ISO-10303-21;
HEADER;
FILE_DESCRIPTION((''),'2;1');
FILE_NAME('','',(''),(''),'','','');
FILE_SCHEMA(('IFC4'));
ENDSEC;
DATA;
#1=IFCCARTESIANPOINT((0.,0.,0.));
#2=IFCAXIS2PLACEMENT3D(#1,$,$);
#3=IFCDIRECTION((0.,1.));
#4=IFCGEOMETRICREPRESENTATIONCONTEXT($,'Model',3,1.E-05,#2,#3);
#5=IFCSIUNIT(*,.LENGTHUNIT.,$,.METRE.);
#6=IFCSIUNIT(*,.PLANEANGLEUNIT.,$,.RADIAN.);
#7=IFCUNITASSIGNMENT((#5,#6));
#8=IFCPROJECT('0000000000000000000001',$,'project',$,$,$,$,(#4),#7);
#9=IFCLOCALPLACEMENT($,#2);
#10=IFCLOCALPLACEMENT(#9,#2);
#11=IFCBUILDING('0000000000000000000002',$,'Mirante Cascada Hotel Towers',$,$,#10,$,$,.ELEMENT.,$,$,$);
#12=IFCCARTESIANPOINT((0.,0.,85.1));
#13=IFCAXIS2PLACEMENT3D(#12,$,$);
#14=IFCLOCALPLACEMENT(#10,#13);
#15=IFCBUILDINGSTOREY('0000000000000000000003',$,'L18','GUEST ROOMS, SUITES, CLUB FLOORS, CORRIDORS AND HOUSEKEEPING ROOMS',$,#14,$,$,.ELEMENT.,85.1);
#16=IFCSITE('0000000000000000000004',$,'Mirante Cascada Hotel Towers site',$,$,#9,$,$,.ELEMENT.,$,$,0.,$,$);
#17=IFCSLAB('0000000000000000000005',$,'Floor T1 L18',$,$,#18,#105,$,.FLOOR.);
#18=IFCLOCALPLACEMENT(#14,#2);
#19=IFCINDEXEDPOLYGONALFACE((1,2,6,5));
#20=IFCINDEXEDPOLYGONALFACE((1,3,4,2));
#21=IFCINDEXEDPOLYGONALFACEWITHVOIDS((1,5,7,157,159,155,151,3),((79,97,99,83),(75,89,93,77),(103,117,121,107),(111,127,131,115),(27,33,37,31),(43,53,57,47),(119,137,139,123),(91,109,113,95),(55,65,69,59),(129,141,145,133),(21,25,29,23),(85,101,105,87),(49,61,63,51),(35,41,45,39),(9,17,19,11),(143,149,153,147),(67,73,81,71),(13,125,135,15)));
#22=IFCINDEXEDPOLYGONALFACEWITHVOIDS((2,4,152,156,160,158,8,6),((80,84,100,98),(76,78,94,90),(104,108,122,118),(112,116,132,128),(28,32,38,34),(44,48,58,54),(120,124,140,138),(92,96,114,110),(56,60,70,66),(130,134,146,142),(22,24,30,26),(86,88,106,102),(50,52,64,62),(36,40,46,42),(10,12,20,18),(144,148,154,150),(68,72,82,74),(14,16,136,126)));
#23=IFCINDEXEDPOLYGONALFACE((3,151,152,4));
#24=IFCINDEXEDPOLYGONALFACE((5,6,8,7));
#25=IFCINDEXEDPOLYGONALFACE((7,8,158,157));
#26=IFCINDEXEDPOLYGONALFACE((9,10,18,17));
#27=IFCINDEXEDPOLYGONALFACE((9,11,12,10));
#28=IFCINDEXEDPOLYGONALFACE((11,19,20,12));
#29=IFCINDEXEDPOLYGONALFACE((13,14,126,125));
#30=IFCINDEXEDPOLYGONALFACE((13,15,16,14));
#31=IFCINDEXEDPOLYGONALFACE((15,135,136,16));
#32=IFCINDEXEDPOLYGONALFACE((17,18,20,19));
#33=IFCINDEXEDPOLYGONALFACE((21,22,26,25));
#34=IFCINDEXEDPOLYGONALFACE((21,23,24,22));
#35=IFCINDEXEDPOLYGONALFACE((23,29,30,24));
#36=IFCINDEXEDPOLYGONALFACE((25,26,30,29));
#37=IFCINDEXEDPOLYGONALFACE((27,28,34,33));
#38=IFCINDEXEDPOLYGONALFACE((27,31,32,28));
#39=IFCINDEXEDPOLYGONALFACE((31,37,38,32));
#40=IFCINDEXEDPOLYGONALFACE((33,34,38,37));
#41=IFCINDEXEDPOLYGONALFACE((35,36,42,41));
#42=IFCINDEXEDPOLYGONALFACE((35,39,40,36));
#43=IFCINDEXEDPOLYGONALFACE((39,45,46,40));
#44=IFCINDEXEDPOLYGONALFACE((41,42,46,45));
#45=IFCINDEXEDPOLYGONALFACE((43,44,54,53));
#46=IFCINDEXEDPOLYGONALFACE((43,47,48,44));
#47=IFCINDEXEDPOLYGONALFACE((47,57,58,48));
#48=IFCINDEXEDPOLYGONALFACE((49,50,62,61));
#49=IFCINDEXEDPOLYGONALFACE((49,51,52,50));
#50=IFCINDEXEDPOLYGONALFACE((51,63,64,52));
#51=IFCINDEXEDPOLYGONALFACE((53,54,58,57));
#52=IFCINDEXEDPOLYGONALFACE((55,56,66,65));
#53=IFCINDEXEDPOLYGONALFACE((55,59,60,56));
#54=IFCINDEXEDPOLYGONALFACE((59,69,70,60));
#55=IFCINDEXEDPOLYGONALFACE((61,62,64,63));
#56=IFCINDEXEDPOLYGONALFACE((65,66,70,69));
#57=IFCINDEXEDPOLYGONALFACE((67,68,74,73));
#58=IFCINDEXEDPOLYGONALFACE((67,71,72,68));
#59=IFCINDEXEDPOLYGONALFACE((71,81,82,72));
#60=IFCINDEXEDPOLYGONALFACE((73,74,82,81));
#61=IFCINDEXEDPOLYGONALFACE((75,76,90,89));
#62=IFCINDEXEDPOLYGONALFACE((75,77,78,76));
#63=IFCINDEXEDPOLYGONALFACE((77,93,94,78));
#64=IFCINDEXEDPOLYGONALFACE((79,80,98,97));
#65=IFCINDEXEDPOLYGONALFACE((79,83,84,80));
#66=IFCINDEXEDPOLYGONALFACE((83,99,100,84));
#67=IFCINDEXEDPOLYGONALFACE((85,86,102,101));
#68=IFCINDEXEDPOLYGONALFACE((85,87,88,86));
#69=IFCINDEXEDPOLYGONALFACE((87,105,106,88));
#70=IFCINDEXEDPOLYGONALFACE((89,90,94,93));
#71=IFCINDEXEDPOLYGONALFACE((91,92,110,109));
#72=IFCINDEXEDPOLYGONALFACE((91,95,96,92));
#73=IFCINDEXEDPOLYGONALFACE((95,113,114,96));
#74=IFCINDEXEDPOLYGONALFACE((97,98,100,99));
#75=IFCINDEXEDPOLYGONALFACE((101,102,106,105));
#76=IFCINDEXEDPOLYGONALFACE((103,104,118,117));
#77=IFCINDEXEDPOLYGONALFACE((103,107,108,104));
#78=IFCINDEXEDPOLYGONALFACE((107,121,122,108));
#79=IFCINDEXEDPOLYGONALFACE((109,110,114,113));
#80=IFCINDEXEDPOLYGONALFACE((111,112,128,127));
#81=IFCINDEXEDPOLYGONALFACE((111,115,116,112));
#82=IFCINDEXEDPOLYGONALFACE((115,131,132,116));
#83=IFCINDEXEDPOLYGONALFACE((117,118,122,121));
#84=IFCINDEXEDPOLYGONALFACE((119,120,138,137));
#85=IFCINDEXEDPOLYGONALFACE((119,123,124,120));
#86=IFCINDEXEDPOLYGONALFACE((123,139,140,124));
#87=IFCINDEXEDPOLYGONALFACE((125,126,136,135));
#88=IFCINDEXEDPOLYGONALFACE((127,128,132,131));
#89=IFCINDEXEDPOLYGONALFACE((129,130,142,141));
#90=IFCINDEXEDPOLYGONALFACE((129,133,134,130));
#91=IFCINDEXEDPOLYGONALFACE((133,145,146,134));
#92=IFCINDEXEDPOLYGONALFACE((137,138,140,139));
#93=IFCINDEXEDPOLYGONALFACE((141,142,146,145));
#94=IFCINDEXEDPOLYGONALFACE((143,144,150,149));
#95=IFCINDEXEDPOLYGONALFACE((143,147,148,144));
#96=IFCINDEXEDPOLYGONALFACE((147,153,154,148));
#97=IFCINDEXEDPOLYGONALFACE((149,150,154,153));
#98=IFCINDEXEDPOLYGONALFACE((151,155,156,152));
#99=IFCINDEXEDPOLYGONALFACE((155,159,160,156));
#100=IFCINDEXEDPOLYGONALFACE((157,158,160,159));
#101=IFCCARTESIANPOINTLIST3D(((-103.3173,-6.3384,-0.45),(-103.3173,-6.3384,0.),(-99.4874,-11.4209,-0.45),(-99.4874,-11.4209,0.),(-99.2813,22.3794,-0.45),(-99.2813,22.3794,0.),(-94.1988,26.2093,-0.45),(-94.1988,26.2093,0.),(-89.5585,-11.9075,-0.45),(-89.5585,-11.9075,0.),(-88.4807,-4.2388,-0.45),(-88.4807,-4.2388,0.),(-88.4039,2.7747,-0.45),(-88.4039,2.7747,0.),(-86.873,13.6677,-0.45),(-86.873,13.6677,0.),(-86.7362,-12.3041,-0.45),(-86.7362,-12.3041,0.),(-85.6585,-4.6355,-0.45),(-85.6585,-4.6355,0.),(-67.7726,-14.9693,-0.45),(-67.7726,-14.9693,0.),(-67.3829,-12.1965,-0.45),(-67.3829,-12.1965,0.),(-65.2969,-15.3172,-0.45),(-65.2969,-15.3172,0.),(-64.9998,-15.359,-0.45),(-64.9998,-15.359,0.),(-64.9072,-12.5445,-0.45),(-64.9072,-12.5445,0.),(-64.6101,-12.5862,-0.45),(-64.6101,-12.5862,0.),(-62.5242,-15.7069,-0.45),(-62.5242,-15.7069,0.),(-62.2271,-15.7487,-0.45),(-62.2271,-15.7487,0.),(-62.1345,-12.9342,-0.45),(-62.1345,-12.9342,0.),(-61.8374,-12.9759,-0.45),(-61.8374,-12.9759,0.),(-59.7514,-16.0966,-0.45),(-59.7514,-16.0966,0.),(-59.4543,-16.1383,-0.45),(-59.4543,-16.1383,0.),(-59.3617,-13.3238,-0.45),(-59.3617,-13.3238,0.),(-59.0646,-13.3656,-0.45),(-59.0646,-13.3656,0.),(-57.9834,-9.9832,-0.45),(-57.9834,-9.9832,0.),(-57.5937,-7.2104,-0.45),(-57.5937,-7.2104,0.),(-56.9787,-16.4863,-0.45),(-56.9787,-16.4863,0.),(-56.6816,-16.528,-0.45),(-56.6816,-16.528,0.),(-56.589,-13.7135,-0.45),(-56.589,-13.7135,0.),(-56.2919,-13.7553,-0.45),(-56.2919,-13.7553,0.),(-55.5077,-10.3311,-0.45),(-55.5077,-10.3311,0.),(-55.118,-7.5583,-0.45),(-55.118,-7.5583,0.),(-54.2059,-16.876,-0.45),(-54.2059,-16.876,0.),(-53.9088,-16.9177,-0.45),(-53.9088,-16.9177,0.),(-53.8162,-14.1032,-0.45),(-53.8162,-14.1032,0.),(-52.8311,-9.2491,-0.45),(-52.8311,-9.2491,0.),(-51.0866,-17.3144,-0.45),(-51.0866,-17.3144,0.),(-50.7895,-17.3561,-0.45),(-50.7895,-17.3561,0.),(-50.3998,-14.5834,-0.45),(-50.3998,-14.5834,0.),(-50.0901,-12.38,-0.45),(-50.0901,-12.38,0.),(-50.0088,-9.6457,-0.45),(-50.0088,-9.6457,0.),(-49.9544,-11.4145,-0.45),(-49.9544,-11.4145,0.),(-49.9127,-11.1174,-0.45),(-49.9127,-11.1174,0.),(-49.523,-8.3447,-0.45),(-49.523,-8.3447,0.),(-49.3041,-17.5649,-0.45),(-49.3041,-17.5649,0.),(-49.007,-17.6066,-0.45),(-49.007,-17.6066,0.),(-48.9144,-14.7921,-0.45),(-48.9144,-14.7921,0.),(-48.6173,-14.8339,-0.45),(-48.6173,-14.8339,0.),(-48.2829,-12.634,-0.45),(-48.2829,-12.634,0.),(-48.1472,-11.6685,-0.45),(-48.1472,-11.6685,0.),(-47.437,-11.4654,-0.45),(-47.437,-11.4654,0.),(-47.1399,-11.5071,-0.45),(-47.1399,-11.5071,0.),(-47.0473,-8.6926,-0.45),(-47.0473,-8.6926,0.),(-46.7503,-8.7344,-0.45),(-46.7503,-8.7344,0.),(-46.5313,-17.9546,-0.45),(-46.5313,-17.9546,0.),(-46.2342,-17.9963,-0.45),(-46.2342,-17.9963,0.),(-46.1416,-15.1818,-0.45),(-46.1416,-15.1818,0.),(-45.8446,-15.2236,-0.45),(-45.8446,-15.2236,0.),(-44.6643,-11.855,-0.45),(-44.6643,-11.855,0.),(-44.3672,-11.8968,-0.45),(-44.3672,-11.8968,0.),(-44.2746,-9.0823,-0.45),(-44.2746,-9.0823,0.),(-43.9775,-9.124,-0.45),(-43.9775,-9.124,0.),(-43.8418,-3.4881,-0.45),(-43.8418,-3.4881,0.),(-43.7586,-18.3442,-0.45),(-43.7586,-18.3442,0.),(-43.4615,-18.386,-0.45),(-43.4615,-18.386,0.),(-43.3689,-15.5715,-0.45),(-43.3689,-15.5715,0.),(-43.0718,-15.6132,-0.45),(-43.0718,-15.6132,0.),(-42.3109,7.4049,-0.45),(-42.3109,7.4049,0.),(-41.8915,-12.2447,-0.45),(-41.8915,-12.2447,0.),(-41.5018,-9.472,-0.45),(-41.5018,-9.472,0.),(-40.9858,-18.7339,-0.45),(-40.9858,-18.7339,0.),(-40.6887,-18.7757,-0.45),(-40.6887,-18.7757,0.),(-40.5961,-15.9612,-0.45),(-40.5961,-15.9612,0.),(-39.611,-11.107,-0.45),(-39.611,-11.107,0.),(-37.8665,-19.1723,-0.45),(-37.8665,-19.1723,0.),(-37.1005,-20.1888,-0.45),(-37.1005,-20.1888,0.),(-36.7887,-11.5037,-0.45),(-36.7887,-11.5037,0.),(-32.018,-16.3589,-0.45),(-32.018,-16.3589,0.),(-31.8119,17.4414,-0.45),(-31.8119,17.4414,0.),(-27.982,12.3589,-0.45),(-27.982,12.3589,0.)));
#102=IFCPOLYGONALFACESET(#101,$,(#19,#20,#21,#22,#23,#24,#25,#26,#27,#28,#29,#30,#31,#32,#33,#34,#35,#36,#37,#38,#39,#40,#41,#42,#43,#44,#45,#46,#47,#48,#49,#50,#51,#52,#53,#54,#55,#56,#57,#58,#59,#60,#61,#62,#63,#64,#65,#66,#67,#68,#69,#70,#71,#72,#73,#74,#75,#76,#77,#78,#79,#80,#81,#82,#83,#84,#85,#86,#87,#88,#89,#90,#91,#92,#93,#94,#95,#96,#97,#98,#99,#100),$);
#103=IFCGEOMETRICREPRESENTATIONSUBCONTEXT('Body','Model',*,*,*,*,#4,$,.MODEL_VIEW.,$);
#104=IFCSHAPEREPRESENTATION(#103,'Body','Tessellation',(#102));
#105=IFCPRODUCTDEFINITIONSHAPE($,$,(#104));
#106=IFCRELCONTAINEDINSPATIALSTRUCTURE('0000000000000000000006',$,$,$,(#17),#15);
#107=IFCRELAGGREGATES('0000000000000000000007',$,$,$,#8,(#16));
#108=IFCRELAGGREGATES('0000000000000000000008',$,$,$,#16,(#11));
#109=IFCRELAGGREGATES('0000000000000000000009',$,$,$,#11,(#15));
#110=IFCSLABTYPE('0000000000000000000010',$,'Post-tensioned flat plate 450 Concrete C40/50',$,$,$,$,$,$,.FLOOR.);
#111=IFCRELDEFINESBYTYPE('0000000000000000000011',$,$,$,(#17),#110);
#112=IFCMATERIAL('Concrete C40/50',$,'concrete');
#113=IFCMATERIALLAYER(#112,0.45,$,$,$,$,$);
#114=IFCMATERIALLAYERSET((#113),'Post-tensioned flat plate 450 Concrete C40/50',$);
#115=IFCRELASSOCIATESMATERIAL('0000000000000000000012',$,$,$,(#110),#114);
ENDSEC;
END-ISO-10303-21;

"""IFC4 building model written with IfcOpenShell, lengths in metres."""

from ifc_helpers import new_model, si_unit, direction, frame, origin, place, context, subcontext, project, spatial, polyline, outline, extrude, material, layer, layer_set, type_object, element, save


model = new_model("IFC4")

# Units and contexts
model_context = context("Model", 3, precision=1e-05, world=origin(), true_north=direction((0.0, 1.0)))
body_context = subcontext(model_context, "Body", "Model", "MODEL_VIEW")
ifc_project = project(units=[si_unit("LENGTHUNIT", "METRE"), si_unit("PLANEANGLEUNIT", "RADIAN")], contexts=[model_context])

# Site, building, storey
site_placement = place(None, origin())
site = spatial("IfcSite", under=ifc_project, at=site_placement, Name="Mirante Cascada Hotel Towers site", CompositionType="ELEMENT", RefElevation=0.0)
building_placement = place(site_placement, origin())
building = spatial("IfcBuilding", under=site, at=building_placement, Name="Mirante Cascada Hotel Towers", CompositionType="ELEMENT")
storey_placement = place(building_placement, frame((0.0, 0.0, 85.1)))
storey = spatial("IfcBuildingStorey", under=building, at=storey_placement, Name="L18", Description="GUEST ROOMS, SUITES, CLUB FLOORS, CORRIDORS AND HOUSEKEEPING ROOMS", CompositionType="ELEMENT", Elevation=85.1)

# Slab
ifc_material_1 = material(Name="Concrete C40/50", Category="concrete")
ifc_layer_1 = layer(ifc_material_1, 0.45)
ifc_layer_set_1 = layer_set([ifc_layer_1], Name="Post-tensioned flat plate 450 Concrete C40/50")
slab_type = type_object("IfcSlabType", Name="Post-tensioned flat plate 450 Concrete C40/50", PredefinedType="FLOOR", material=ifc_layer_set_1)
slab_1_placement = place(storey_placement, frame((0.0, 0.0, -0.45)))
element("IfcSlab", 1, at=slab_1_placement, inside=storey, type_object=slab_type, Name="Floor T1 L18", PredefinedType="FLOOR", context=body_context, shape_type="SweptSolid", body=[
    extrude(outline(polyline([(-32.018, -16.3589), (-27.982, 12.3589), (-31.8119, 17.4414), (-94.1988, 26.2093), (-99.2813, 22.3794), (-103.3173, -6.3384), (-99.4874, -11.4209), (-37.1005, -20.1888), (-32.018, -16.3589)]), holes=[polyline([(-43.0718, -15.6132), (-40.5961, -15.9612), (-40.9858, -18.7339), (-43.4615, -18.386), (-43.0718, -15.6132)]), polyline([(-45.8446, -15.2236), (-43.3689, -15.5715), (-43.7586, -18.3442), (-46.2342, -17.9963), (-45.8446, -15.2236)]), polyline([(-48.6173, -14.8339), (-46.1416, -15.1818), (-46.5313, -17.9546), (-49.007, -17.6066), (-48.6173, -14.8339)]), polyline([(-50.3998, -14.5834), (-48.9144, -14.7921), (-49.3041, -17.5649), (-50.7895, -17.3561), (-50.3998, -14.5834)]), polyline([(-36.7887, -11.5037), (-37.8665, -19.1723), (-40.6887, -18.7757), (-39.611, -11.107), (-36.7887, -11.5037)]), polyline([(-49.9544, -11.4145), (-48.1472, -11.6685), (-48.2829, -12.634), (-50.0901, -12.38), (-49.9544, -11.4145)]), polyline([(-43.9775, -9.124), (-41.5018, -9.472), (-41.8915, -12.2447), (-44.3672, -11.8968), (-43.9775, -9.124)]), polyline([(-47.1399, -11.5071), (-46.7503, -8.7344), (-44.2746, -9.0823), (-44.6643, -11.855), (-47.1399, -11.5071)]), polyline([(-49.9127, -11.1174), (-49.523, -8.3447), (-47.0473, -8.6926), (-47.437, -11.4654), (-49.9127, -11.1174)]), polyline([(-56.2919, -13.7553), (-53.8162, -14.1032), (-54.2059, -16.876), (-56.6816, -16.528), (-56.2919, -13.7553)]), polyline([(-59.0646, -13.3656), (-56.589, -13.7135), (-56.9787, -16.4863), (-59.4543, -16.1383), (-59.0646, -13.3656)]), polyline([(-61.8374, -12.9759), (-59.3617, -13.3238), (-59.7514, -16.0966), (-62.2271, -15.7487), (-61.8374, -12.9759)]), polyline([(-64.6101, -12.5862), (-62.1345, -12.9342), (-62.5242, -15.7069), (-64.9998, -15.359), (-64.6101, -12.5862)]), polyline([(-67.3829, -12.1965), (-64.9072, -12.5445), (-65.2969, -15.3172), (-67.7726, -14.9693), (-67.3829, -12.1965)]), polyline([(-50.0088, -9.6457), (-51.0866, -17.3144), (-53.9088, -16.9177), (-52.8311, -9.2491), (-50.0088, -9.6457)]), polyline([(-85.6585, -4.6355), (-86.7362, -12.3041), (-89.5585, -11.9075), (-88.4807, -4.2388), (-85.6585, -4.6355)]), polyline([(-57.9834, -9.9832), (-57.5937, -7.2104), (-55.118, -7.5583), (-55.5077, -10.3311), (-57.9834, -9.9832)]), polyline([(-88.4039, 2.7747), (-86.873, 13.6677), (-42.3109, 7.4049), (-43.8418, -3.4881), (-88.4039, 2.7747)])]), origin(), (0.0, 0.0, 1.0), 0.45),
])

save(model, "model.ifc")
